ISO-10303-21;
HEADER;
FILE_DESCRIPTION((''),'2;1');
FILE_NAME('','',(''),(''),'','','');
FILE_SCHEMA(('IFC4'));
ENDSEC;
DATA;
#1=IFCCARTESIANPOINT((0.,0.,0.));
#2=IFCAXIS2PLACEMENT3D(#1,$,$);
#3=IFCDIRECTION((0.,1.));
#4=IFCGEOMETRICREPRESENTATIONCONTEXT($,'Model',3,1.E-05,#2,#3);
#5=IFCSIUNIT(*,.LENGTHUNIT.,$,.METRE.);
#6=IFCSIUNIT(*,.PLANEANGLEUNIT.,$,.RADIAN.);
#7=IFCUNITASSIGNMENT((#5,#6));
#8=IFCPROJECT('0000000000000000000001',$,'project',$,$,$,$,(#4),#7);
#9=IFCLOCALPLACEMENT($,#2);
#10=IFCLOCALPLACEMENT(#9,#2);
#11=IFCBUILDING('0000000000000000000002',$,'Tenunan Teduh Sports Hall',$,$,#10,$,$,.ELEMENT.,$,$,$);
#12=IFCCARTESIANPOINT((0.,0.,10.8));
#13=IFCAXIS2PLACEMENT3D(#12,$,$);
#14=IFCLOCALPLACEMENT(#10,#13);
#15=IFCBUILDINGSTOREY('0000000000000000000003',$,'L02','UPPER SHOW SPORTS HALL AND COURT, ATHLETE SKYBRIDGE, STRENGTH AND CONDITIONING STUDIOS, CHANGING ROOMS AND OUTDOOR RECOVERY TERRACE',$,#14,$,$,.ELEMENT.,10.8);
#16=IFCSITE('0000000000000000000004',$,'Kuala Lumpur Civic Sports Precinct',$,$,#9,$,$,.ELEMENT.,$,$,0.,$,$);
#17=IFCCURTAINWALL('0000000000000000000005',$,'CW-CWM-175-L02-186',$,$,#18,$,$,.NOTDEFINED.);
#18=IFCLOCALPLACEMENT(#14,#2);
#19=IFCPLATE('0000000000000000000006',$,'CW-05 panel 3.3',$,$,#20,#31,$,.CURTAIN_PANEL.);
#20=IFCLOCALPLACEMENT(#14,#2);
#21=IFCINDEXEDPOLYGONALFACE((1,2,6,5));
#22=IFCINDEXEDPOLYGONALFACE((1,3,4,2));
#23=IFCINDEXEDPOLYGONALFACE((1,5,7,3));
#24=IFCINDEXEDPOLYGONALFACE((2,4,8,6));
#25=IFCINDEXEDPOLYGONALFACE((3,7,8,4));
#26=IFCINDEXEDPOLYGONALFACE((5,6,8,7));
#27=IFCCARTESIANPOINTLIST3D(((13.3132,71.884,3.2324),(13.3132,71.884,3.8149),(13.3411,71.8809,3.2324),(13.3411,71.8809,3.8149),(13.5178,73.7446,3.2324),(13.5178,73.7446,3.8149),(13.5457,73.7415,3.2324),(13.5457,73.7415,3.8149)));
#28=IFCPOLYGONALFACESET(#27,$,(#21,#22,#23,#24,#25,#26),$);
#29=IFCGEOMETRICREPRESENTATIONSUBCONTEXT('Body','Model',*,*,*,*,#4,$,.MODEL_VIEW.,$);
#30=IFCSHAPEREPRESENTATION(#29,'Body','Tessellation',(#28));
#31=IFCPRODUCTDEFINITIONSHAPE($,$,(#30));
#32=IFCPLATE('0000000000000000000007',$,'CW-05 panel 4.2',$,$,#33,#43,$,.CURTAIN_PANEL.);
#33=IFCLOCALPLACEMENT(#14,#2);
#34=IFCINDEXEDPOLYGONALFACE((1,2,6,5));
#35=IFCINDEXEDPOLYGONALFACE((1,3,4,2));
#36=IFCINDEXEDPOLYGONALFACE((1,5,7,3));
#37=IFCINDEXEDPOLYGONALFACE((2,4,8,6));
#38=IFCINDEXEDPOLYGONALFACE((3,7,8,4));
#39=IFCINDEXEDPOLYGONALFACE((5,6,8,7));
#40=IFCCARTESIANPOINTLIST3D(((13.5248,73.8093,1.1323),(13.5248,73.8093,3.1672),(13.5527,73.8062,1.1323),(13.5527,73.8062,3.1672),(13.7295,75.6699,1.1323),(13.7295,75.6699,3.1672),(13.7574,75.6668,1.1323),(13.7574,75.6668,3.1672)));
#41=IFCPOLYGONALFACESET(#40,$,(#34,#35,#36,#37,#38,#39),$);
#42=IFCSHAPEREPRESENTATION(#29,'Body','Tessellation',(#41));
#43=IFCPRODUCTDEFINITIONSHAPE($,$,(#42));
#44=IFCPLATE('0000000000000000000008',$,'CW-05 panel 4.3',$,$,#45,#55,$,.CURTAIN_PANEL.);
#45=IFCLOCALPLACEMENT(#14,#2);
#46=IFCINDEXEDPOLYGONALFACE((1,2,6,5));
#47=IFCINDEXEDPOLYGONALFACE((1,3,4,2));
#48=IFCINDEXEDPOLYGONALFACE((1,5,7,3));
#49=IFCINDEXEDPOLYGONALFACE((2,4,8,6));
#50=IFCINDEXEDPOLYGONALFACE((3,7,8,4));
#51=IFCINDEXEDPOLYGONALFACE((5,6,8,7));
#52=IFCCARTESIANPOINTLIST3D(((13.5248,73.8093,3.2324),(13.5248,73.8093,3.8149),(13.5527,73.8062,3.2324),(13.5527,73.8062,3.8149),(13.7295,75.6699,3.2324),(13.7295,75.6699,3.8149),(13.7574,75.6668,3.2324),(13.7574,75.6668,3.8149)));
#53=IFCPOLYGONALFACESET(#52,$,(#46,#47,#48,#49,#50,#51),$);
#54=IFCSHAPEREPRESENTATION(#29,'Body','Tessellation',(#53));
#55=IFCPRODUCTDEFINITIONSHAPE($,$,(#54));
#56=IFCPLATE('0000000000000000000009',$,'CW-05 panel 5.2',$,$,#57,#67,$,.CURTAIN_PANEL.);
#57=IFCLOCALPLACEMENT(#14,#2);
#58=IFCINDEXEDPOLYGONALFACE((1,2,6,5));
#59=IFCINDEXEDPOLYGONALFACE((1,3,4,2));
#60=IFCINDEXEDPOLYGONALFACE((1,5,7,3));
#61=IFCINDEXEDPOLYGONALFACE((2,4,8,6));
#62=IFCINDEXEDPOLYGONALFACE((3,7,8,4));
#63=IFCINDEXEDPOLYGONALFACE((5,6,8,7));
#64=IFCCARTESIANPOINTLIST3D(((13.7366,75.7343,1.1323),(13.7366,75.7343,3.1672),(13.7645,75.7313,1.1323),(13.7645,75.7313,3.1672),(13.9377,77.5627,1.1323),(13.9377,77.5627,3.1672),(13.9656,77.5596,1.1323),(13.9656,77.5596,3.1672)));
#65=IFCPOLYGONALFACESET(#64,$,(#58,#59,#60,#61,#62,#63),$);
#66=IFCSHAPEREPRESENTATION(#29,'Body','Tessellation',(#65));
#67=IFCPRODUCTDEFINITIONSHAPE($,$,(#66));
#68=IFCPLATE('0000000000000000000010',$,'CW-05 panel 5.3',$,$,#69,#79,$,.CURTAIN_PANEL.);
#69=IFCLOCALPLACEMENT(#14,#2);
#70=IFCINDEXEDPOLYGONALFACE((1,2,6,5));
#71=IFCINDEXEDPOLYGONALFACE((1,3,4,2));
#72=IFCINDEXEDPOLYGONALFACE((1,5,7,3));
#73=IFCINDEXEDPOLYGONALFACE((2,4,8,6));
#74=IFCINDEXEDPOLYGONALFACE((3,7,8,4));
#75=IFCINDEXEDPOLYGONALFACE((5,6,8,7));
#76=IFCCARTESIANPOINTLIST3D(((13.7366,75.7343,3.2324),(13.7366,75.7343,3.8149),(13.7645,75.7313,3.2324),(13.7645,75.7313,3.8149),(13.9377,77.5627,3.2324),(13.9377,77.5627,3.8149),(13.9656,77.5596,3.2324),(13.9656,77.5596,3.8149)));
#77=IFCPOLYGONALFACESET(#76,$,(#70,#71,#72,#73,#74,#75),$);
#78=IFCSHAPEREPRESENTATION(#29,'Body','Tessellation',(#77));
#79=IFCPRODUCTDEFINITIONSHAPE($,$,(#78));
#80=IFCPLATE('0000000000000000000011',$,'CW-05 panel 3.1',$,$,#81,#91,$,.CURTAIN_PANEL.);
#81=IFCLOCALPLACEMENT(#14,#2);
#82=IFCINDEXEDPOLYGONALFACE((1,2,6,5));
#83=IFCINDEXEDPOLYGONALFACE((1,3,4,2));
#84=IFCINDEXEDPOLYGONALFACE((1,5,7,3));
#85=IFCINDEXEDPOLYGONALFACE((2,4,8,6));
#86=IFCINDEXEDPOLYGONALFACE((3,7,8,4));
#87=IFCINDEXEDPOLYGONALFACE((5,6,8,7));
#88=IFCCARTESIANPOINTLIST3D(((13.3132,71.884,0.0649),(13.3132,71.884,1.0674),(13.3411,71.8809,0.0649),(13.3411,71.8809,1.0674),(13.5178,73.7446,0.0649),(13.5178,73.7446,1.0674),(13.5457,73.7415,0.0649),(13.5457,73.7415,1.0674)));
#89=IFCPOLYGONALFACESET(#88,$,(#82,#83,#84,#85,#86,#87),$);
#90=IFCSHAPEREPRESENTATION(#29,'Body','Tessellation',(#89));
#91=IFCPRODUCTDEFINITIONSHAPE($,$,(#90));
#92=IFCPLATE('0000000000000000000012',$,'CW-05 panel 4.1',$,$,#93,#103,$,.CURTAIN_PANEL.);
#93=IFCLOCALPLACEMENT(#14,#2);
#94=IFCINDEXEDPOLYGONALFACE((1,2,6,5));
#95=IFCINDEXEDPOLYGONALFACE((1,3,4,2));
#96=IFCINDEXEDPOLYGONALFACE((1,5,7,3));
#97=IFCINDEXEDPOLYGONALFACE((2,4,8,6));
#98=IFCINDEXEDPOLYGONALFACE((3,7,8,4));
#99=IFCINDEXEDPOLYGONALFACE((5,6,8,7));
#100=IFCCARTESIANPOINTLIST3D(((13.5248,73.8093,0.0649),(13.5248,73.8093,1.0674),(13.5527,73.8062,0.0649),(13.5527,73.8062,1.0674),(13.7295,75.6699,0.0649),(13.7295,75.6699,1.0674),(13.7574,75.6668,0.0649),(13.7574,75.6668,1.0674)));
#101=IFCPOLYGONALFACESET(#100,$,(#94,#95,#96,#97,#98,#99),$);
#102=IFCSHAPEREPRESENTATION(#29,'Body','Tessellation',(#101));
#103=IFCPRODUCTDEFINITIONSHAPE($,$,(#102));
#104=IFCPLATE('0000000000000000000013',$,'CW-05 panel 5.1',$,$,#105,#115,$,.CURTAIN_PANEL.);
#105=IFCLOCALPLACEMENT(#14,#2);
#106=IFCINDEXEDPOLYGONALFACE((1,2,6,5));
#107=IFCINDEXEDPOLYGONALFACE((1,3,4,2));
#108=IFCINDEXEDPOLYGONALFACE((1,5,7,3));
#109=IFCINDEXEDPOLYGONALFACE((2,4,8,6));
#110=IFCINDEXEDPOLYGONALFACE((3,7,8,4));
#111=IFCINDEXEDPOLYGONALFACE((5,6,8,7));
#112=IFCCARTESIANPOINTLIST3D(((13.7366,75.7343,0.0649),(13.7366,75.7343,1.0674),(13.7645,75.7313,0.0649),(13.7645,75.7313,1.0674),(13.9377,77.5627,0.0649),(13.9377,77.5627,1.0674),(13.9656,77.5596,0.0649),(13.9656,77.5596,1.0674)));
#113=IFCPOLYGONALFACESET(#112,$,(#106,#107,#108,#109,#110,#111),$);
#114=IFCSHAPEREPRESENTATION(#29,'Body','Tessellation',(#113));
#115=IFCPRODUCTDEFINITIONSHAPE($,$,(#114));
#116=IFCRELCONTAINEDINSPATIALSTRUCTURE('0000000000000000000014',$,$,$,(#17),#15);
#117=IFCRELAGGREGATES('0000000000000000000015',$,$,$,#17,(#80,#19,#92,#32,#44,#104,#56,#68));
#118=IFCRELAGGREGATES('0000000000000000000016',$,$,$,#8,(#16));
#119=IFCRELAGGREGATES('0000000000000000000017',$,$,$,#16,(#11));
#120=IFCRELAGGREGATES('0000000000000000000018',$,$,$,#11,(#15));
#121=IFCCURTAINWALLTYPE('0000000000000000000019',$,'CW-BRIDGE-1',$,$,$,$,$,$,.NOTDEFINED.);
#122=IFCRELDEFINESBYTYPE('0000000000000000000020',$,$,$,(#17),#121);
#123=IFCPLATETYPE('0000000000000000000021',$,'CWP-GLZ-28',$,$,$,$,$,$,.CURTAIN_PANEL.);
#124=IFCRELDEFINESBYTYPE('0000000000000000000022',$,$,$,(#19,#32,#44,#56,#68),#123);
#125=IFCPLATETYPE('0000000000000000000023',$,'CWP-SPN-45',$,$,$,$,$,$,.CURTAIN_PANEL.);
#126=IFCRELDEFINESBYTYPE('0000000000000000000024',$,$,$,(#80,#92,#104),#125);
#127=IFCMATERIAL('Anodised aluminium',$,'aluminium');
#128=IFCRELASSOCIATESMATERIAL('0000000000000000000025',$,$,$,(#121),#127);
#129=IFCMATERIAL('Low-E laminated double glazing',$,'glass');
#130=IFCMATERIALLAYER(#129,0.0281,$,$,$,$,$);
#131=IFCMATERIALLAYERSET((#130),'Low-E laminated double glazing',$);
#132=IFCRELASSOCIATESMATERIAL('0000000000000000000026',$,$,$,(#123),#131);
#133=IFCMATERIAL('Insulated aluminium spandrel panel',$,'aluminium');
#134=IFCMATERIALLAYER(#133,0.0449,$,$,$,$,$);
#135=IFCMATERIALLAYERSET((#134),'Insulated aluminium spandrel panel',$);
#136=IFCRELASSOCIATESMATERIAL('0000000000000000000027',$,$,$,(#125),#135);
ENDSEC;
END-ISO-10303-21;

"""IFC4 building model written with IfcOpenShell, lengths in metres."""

from ifc_helpers import new_model, si_unit, direction, frame, origin, origin_2d, place, context, subcontext, project, spatial, rectangle, extrude, material, layer, layer_set, type_object, element, aggregate, save


model = new_model("IFC4")

# Units and contexts
model_context = context("Model", 3, precision=1e-05, world=origin(), true_north=direction((0.0, 1.0)))
body_context = subcontext(model_context, "Body", "Model", "MODEL_VIEW")
ifc_project = project(units=[si_unit("LENGTHUNIT", "METRE"), si_unit("PLANEANGLEUNIT", "RADIAN")], contexts=[model_context])

# Site, building, storey
site_placement = place(None, origin())
site = spatial("IfcSite", under=ifc_project, at=site_placement, Name="Kuala Lumpur Civic Sports Precinct", CompositionType="ELEMENT", RefElevation=0.0)
building_placement = place(site_placement, origin())
building = spatial("IfcBuilding", under=site, at=building_placement, Name="Tenunan Teduh Sports Hall", CompositionType="ELEMENT")
storey_placement = place(building_placement, frame((0.0, 0.0, 10.8)))
storey = spatial("IfcBuildingStorey", under=building, at=storey_placement, Name="L02", Description="UPPER SHOW SPORTS HALL AND COURT, ATHLETE SKYBRIDGE, STRENGTH AND CONDITIONING STUDIOS, CHANGING ROOMS AND OUTDOOR RECOVERY TERRACE", CompositionType="ELEMENT", Elevation=10.8)

# Curtain wall, plates
ifc_material_1 = material(Name="Anodised aluminium", Category="aluminium")
curtain_wall_type = type_object("IfcCurtainWallType", Name="CW-BRIDGE-1", PredefinedType="NOTDEFINED", material=ifc_material_1)
curtain_wall_placement = place(storey_placement, origin())
curtain_wall = element("IfcCurtainWall", 1, at=curtain_wall_placement, inside=storey, type_object=curtain_wall_type, Name="CW-CWM-175-L02-186", PredefinedType="NOTDEFINED")
ifc_material_2 = material(Name="Low-E laminated double glazing", Category="glass")
ifc_layer_1 = layer(ifc_material_2, 0.0281)
ifc_layer_set_1 = layer_set([ifc_layer_1], Name="Low-E laminated double glazing")
plate_type_1 = type_object("IfcPlateType", Name="CWP-GLZ-28", PredefinedType="CURTAIN_PANEL", material=ifc_layer_set_1)
plate_1_placement = place(storey_placement, frame((13.4294, 72.8127, 3.2324), z_axis=(0.0, 0.0, 1.0), x_axis=(0.109338, 0.994005, 0.0)))
plate_1 = element("IfcPlate", 2, at=plate_1_placement, type_object=plate_type_1, Name="CW-05 panel 3.3", PredefinedType="CURTAIN_PANEL", context=body_context, shape_type="SweptSolid", body=[
    extrude(rectangle(XDim=1.8718, YDim=0.0281, at=origin_2d()), origin(), (0.0, 0.0, 1.0), 0.5825),
])
plate_2_placement = place(storey_placement, frame((13.6411, 74.738, 1.1323), z_axis=(0.0, 0.0, 1.0), x_axis=(0.109338, 0.994005, 0.0)))
plate_2 = element("IfcPlate", 3, at=plate_2_placement, type_object=plate_type_1, Name="CW-05 panel 4.2", PredefinedType="CURTAIN_PANEL", context=body_context, shape_type="SweptSolid", body=[
    extrude(rectangle(XDim=1.8718, YDim=0.0281, at=origin_2d()), origin(), (0.0, 0.0, 1.0), 2.0349),
])
plate_3_placement = place(storey_placement, frame((13.6411, 74.738, 3.2324), z_axis=(0.0, 0.0, 1.0), x_axis=(0.109338, 0.994005, 0.0)))
plate_3 = element("IfcPlate", 4, at=plate_3_placement, type_object=plate_type_1, Name="CW-05 panel 4.3", PredefinedType="CURTAIN_PANEL", context=body_context, shape_type="SweptSolid", body=[
    extrude(rectangle(XDim=1.8718, YDim=0.0281, at=origin_2d()), origin(), (0.0, 0.0, 1.0), 0.5825),
])
plate_4_placement = place(storey_placement, frame((13.8511, 76.647, 1.1323), z_axis=(0.0, 0.0, 1.0), x_axis=(0.109338, 0.994005, 0.0)))
plate_4 = element("IfcPlate", 5, at=plate_4_placement, type_object=plate_type_1, Name="CW-05 panel 5.2", PredefinedType="CURTAIN_PANEL", context=body_context, shape_type="SweptSolid", body=[
    extrude(rectangle(XDim=1.8394, YDim=0.0281, at=origin_2d()), origin(), (0.0, 0.0, 1.0), 2.0349),
])
plate_5_placement = place(storey_placement, frame((13.8511, 76.647, 3.2324), z_axis=(0.0, 0.0, 1.0), x_axis=(0.109338, 0.994005, 0.0)))
plate_5 = element("IfcPlate", 6, at=plate_5_placement, type_object=plate_type_1, Name="CW-05 panel 5.3", PredefinedType="CURTAIN_PANEL", context=body_context, shape_type="SweptSolid", body=[
    extrude(rectangle(XDim=1.8394, YDim=0.0281, at=origin_2d()), origin(), (0.0, 0.0, 1.0), 0.5825),
])
ifc_material_3 = material(Name="Insulated aluminium spandrel panel", Category="aluminium")
ifc_layer_2 = layer(ifc_material_3, 0.0449)
ifc_layer_set_2 = layer_set([ifc_layer_2], Name="Insulated aluminium spandrel panel")
plate_type_2 = type_object("IfcPlateType", Name="CWP-SPN-45", PredefinedType="CURTAIN_PANEL", material=ifc_layer_set_2)
plate_6_placement = place(storey_placement, frame((13.4294, 72.8127, 0.0649), z_axis=(0.0, 0.0, 1.0), x_axis=(0.109338, 0.994005, 0.0)))
plate_6 = element("IfcPlate", 7, at=plate_6_placement, type_object=plate_type_2, Name="CW-05 panel 3.1", PredefinedType="CURTAIN_PANEL", context=body_context, shape_type="SweptSolid", body=[
    extrude(rectangle(XDim=1.8718, YDim=0.0281, at=origin_2d()), origin(), (0.0, 0.0, 1.0), 1.0024),
])
plate_7_placement = place(storey_placement, frame((13.6411, 74.738, 0.0649), z_axis=(0.0, 0.0, 1.0), x_axis=(0.109338, 0.994005, 0.0)))
plate_7 = element("IfcPlate", 8, at=plate_7_placement, type_object=plate_type_2, Name="CW-05 panel 4.1", PredefinedType="CURTAIN_PANEL", context=body_context, shape_type="SweptSolid", body=[
    extrude(rectangle(XDim=1.8718, YDim=0.0281, at=origin_2d()), origin(), (0.0, 0.0, 1.0), 1.0024),
])
plate_8_placement = place(storey_placement, frame((13.8511, 76.647, 0.0649), z_axis=(0.0, 0.0, 1.0), x_axis=(0.109338, 0.994005, 0.0)))
plate_8 = element("IfcPlate", 9, at=plate_8_placement, type_object=plate_type_2, Name="CW-05 panel 5.1", PredefinedType="CURTAIN_PANEL", context=body_context, shape_type="SweptSolid", body=[
    extrude(rectangle(XDim=1.8394, YDim=0.0281, at=origin_2d()), origin(), (0.0, 0.0, 1.0), 1.0024),
])
aggregate(curtain_wall, [plate_6, plate_1, plate_7, plate_2, plate_3, plate_8, plate_4, plate_5])

save(model, "model.ifc")
